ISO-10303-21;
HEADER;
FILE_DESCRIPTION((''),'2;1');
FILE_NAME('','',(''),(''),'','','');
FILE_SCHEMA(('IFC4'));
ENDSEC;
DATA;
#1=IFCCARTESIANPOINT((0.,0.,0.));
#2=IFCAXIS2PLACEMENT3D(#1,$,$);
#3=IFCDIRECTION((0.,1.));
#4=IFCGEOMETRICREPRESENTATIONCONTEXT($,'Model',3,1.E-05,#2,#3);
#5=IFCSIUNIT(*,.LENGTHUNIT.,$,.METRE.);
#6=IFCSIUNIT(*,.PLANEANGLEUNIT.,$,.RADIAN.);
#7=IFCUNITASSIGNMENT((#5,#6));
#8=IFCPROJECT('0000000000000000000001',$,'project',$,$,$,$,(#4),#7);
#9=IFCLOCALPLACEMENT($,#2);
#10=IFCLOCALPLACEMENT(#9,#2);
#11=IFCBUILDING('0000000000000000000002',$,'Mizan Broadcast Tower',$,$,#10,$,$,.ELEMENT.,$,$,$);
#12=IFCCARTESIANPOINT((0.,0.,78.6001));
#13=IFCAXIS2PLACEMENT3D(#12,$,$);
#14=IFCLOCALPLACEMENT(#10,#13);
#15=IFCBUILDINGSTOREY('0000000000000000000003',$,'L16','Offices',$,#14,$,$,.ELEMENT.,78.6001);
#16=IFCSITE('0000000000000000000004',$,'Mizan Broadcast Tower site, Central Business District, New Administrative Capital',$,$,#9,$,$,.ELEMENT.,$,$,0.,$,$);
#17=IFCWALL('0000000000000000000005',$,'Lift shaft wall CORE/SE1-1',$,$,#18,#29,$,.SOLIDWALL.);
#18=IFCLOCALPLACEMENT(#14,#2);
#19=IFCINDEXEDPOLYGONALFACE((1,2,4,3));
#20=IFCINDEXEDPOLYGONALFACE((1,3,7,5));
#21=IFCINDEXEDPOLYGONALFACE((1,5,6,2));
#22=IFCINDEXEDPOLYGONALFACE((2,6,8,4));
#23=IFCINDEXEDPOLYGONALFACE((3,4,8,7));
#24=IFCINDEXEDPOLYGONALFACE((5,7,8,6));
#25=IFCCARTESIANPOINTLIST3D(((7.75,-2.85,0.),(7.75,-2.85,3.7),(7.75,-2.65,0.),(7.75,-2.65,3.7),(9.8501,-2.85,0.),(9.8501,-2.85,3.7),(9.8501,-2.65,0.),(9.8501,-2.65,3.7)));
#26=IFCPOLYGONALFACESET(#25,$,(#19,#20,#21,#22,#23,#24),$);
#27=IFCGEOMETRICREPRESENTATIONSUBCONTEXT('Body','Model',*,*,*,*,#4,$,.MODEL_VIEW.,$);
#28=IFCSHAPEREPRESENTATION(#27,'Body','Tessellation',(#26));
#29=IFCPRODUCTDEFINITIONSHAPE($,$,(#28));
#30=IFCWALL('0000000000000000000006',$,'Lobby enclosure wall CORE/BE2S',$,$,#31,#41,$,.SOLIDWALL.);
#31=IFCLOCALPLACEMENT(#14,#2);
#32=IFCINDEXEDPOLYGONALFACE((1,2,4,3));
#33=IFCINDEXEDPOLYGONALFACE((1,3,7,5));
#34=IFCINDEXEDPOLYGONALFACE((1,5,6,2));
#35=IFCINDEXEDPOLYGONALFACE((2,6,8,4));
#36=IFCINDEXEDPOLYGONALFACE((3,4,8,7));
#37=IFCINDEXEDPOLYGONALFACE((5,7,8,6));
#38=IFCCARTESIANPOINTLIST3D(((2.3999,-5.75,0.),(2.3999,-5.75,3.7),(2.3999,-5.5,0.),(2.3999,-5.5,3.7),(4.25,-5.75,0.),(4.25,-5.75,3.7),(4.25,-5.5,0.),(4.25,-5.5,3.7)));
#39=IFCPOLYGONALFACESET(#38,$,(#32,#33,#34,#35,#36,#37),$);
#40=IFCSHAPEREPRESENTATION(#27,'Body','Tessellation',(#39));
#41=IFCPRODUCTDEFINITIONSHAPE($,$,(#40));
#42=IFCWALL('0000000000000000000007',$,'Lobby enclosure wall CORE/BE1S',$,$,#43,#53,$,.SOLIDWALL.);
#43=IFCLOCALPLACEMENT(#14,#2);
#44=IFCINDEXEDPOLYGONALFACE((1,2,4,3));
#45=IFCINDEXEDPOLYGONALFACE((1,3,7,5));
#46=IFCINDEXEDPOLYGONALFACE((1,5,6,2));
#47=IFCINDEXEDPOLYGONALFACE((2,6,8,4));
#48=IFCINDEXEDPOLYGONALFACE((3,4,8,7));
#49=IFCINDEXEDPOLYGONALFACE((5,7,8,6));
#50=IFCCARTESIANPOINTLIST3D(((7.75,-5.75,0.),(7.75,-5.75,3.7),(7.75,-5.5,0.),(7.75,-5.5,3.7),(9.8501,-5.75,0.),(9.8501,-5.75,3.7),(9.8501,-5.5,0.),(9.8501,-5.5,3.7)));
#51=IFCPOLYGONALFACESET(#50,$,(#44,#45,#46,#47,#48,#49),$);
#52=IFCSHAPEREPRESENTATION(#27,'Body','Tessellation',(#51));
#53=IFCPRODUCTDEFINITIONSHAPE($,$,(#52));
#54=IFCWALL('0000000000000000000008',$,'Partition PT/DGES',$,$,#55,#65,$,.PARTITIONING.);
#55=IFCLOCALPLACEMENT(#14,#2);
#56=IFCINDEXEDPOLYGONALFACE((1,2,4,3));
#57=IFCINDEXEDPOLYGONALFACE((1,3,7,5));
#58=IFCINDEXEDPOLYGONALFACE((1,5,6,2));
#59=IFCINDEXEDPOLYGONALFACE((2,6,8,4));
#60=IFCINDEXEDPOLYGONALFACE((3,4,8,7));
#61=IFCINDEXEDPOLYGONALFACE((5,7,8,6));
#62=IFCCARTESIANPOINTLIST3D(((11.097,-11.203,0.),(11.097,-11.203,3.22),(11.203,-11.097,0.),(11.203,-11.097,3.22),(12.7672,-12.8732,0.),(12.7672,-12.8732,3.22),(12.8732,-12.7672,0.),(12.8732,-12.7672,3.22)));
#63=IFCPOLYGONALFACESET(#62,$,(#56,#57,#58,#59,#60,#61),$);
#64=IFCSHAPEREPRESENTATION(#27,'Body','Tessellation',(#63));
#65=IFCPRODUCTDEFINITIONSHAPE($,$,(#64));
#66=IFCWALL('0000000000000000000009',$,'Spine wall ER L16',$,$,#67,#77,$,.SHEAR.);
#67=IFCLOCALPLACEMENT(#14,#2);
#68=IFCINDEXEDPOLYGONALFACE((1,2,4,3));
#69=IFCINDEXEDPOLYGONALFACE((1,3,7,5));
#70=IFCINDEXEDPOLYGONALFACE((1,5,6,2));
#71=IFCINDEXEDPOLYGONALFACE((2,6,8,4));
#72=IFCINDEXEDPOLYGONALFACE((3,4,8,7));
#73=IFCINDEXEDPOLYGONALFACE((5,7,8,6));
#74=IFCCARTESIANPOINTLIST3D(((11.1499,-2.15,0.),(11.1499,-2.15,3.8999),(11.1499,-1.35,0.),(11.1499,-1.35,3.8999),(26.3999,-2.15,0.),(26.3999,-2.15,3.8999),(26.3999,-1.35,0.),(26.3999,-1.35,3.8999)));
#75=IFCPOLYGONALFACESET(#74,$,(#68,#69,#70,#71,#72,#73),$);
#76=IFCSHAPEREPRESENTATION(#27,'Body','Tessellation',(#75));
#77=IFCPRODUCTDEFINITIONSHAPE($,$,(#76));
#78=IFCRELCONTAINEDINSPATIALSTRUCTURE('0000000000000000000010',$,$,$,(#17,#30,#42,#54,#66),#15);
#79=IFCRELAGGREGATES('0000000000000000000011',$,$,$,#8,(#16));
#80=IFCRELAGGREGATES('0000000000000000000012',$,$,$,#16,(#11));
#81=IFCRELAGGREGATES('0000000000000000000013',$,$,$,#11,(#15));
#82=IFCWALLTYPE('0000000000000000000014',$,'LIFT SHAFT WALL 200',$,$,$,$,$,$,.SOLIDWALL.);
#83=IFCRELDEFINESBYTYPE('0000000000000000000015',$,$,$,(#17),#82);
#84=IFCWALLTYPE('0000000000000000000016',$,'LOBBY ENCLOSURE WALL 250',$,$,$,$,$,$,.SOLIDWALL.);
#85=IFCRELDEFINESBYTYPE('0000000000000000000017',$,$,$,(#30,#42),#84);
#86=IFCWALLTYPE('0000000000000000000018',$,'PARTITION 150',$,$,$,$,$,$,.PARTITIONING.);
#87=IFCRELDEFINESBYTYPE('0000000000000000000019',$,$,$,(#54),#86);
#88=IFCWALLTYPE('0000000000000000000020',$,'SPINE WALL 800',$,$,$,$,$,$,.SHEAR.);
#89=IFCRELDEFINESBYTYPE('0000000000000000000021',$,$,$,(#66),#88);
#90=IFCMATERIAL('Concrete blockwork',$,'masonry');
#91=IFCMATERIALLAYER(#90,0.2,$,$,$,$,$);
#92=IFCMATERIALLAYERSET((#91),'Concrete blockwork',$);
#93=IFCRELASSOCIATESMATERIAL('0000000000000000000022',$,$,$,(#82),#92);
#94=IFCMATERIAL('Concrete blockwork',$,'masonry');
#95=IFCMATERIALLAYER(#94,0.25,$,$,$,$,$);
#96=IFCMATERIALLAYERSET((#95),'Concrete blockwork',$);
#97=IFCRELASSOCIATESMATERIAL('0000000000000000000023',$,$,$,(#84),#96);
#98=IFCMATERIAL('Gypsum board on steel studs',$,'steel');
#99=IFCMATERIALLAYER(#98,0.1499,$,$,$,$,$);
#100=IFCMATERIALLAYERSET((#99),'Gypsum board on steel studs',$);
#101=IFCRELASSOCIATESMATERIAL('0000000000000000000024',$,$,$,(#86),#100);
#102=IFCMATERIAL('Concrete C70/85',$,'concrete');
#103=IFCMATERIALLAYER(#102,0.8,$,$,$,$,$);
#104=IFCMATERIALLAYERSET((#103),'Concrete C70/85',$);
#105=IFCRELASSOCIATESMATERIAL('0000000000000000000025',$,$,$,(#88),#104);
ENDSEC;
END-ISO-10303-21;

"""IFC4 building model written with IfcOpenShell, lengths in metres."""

from ifc_helpers import new_model, si_unit, direction, frame, frame_2d, origin, place, context, subcontext, project, spatial, rectangle, extrude, material, layer, layer_set, type_object, element, save


model = new_model("IFC4")

# Units and contexts
model_context = context("Model", 3, precision=1e-05, world=origin(), true_north=direction((0.0, 1.0)))
body_context = subcontext(model_context, "Body", "Model", "MODEL_VIEW")
ifc_project = project(units=[si_unit("LENGTHUNIT", "METRE"), si_unit("PLANEANGLEUNIT", "RADIAN")], contexts=[model_context])

# Site, building, storey
site_placement = place(None, origin())
site = spatial("IfcSite", under=ifc_project, at=site_placement, Name="Mizan Broadcast Tower site, Central Business District, New Administrative Capital", CompositionType="ELEMENT", RefElevation=0.0)
building_placement = place(site_placement, origin())
building = spatial("IfcBuilding", under=site, at=building_placement, Name="Mizan Broadcast Tower", CompositionType="ELEMENT")
storey_placement = place(building_placement, frame((0.0, 0.0, 78.6001)))
storey = spatial("IfcBuildingStorey", under=building, at=storey_placement, Name="L16", Description="Offices", CompositionType="ELEMENT", Elevation=78.6001)

# Walls
ifc_material_1 = material(Name="Concrete blockwork", Category="masonry")
ifc_layer_1 = layer(ifc_material_1, 0.2)
ifc_layer_set_1 = layer_set([ifc_layer_1], Name="Concrete blockwork")
wall_type_1 = type_object("IfcWallType", Name="LIFT SHAFT WALL 200", PredefinedType="SOLIDWALL", material=ifc_layer_set_1)
wall_1_placement = place(storey_placement, frame((7.75, -2.75, 0.0), z_axis=(0.0, 0.0, 1.0), x_axis=(1.0, 0.0, 0.0)))
element("IfcWall", 1, at=wall_1_placement, inside=storey, type_object=wall_type_1, Name="Lift shaft wall CORE/SE1-1", PredefinedType="SOLIDWALL", context=body_context, shape_type="SweptSolid", body=[
    extrude(rectangle(XDim=2.1001, YDim=0.2, at=frame_2d((1.05, 0.0))), origin(), (0.0, 0.0, 1.0), 3.7),
])
ifc_material_2 = material(Name="Concrete blockwork", Category="masonry")
ifc_layer_2 = layer(ifc_material_2, 0.25)
ifc_layer_set_2 = layer_set([ifc_layer_2], Name="Concrete blockwork")
wall_type_2 = type_object("IfcWallType", Name="LOBBY ENCLOSURE WALL 250", PredefinedType="SOLIDWALL", material=ifc_layer_set_2)
wall_2_placement = place(storey_placement, frame((2.3999, -5.625, 0.0), z_axis=(0.0, 0.0, 1.0), x_axis=(1.0, 0.0, 0.0)))
element("IfcWall", 2, at=wall_2_placement, inside=storey, type_object=wall_type_2, Name="Lobby enclosure wall CORE/BE2S", PredefinedType="SOLIDWALL", context=body_context, shape_type="SweptSolid", body=[
    extrude(rectangle(XDim=1.8501, YDim=0.25, at=frame_2d((0.925, 0.0))), origin(), (0.0, 0.0, 1.0), 3.7),
])
wall_3_placement = place(storey_placement, frame((7.75, -5.625, 0.0), z_axis=(0.0, 0.0, 1.0), x_axis=(1.0, 0.0, 0.0)))
element("IfcWall", 3, at=wall_3_placement, inside=storey, type_object=wall_type_2, Name="Lobby enclosure wall CORE/BE1S", PredefinedType="SOLIDWALL", context=body_context, shape_type="SweptSolid", body=[
    extrude(rectangle(XDim=2.1001, YDim=0.25, at=frame_2d((1.05, 0.0))), origin(), (0.0, 0.0, 1.0), 3.7),
])
ifc_material_3 = material(Name="Gypsum board on steel studs", Category="steel")
ifc_layer_3 = layer(ifc_material_3, 0.1499)
ifc_layer_set_3 = layer_set([ifc_layer_3], Name="Gypsum board on steel studs")
wall_type_3 = type_object("IfcWallType", Name="PARTITION 150", PredefinedType="PARTITIONING", material=ifc_layer_set_3)
wall_4_placement = place(storey_placement, frame((11.1499, -11.1499, 0.0), z_axis=(0.0, 0.0, 1.0), x_axis=(0.707107, -0.707107, 0.0)))
element("IfcWall", 4, at=wall_4_placement, inside=storey, type_object=wall_type_3, Name="Partition PT/DGES", PredefinedType="PARTITIONING", context=body_context, shape_type="SweptSolid", body=[
    extrude(rectangle(XDim=2.3621, YDim=0.1499, at=frame_2d((1.1812, 0.0))), origin(), (0.0, 0.0, 1.0), 3.22),
])
ifc_material_4 = material(Name="Concrete C70/85", Category="concrete")
ifc_layer_4 = layer(ifc_material_4, 0.8)
ifc_layer_set_4 = layer_set([ifc_layer_4], Name="Concrete C70/85")
wall_type_4 = type_object("IfcWallType", Name="SPINE WALL 800", PredefinedType="SHEAR", material=ifc_layer_set_4)
wall_5_placement = place(storey_placement, frame((11.1499, -1.75, 0.0), z_axis=(0.0, 0.0, 1.0), x_axis=(1.0, 0.0, 0.0)))
element("IfcWall", 5, at=wall_5_placement, inside=storey, type_object=wall_type_4, Name="Spine wall ER L16", PredefinedType="SHEAR", context=body_context, shape_type="SweptSolid", body=[
    extrude(rectangle(XDim=15.25, YDim=0.8, at=frame_2d((7.625, 0.0))), origin(), (0.0, 0.0, 1.0), 3.8999),
])

save(model, "model.ifc")
